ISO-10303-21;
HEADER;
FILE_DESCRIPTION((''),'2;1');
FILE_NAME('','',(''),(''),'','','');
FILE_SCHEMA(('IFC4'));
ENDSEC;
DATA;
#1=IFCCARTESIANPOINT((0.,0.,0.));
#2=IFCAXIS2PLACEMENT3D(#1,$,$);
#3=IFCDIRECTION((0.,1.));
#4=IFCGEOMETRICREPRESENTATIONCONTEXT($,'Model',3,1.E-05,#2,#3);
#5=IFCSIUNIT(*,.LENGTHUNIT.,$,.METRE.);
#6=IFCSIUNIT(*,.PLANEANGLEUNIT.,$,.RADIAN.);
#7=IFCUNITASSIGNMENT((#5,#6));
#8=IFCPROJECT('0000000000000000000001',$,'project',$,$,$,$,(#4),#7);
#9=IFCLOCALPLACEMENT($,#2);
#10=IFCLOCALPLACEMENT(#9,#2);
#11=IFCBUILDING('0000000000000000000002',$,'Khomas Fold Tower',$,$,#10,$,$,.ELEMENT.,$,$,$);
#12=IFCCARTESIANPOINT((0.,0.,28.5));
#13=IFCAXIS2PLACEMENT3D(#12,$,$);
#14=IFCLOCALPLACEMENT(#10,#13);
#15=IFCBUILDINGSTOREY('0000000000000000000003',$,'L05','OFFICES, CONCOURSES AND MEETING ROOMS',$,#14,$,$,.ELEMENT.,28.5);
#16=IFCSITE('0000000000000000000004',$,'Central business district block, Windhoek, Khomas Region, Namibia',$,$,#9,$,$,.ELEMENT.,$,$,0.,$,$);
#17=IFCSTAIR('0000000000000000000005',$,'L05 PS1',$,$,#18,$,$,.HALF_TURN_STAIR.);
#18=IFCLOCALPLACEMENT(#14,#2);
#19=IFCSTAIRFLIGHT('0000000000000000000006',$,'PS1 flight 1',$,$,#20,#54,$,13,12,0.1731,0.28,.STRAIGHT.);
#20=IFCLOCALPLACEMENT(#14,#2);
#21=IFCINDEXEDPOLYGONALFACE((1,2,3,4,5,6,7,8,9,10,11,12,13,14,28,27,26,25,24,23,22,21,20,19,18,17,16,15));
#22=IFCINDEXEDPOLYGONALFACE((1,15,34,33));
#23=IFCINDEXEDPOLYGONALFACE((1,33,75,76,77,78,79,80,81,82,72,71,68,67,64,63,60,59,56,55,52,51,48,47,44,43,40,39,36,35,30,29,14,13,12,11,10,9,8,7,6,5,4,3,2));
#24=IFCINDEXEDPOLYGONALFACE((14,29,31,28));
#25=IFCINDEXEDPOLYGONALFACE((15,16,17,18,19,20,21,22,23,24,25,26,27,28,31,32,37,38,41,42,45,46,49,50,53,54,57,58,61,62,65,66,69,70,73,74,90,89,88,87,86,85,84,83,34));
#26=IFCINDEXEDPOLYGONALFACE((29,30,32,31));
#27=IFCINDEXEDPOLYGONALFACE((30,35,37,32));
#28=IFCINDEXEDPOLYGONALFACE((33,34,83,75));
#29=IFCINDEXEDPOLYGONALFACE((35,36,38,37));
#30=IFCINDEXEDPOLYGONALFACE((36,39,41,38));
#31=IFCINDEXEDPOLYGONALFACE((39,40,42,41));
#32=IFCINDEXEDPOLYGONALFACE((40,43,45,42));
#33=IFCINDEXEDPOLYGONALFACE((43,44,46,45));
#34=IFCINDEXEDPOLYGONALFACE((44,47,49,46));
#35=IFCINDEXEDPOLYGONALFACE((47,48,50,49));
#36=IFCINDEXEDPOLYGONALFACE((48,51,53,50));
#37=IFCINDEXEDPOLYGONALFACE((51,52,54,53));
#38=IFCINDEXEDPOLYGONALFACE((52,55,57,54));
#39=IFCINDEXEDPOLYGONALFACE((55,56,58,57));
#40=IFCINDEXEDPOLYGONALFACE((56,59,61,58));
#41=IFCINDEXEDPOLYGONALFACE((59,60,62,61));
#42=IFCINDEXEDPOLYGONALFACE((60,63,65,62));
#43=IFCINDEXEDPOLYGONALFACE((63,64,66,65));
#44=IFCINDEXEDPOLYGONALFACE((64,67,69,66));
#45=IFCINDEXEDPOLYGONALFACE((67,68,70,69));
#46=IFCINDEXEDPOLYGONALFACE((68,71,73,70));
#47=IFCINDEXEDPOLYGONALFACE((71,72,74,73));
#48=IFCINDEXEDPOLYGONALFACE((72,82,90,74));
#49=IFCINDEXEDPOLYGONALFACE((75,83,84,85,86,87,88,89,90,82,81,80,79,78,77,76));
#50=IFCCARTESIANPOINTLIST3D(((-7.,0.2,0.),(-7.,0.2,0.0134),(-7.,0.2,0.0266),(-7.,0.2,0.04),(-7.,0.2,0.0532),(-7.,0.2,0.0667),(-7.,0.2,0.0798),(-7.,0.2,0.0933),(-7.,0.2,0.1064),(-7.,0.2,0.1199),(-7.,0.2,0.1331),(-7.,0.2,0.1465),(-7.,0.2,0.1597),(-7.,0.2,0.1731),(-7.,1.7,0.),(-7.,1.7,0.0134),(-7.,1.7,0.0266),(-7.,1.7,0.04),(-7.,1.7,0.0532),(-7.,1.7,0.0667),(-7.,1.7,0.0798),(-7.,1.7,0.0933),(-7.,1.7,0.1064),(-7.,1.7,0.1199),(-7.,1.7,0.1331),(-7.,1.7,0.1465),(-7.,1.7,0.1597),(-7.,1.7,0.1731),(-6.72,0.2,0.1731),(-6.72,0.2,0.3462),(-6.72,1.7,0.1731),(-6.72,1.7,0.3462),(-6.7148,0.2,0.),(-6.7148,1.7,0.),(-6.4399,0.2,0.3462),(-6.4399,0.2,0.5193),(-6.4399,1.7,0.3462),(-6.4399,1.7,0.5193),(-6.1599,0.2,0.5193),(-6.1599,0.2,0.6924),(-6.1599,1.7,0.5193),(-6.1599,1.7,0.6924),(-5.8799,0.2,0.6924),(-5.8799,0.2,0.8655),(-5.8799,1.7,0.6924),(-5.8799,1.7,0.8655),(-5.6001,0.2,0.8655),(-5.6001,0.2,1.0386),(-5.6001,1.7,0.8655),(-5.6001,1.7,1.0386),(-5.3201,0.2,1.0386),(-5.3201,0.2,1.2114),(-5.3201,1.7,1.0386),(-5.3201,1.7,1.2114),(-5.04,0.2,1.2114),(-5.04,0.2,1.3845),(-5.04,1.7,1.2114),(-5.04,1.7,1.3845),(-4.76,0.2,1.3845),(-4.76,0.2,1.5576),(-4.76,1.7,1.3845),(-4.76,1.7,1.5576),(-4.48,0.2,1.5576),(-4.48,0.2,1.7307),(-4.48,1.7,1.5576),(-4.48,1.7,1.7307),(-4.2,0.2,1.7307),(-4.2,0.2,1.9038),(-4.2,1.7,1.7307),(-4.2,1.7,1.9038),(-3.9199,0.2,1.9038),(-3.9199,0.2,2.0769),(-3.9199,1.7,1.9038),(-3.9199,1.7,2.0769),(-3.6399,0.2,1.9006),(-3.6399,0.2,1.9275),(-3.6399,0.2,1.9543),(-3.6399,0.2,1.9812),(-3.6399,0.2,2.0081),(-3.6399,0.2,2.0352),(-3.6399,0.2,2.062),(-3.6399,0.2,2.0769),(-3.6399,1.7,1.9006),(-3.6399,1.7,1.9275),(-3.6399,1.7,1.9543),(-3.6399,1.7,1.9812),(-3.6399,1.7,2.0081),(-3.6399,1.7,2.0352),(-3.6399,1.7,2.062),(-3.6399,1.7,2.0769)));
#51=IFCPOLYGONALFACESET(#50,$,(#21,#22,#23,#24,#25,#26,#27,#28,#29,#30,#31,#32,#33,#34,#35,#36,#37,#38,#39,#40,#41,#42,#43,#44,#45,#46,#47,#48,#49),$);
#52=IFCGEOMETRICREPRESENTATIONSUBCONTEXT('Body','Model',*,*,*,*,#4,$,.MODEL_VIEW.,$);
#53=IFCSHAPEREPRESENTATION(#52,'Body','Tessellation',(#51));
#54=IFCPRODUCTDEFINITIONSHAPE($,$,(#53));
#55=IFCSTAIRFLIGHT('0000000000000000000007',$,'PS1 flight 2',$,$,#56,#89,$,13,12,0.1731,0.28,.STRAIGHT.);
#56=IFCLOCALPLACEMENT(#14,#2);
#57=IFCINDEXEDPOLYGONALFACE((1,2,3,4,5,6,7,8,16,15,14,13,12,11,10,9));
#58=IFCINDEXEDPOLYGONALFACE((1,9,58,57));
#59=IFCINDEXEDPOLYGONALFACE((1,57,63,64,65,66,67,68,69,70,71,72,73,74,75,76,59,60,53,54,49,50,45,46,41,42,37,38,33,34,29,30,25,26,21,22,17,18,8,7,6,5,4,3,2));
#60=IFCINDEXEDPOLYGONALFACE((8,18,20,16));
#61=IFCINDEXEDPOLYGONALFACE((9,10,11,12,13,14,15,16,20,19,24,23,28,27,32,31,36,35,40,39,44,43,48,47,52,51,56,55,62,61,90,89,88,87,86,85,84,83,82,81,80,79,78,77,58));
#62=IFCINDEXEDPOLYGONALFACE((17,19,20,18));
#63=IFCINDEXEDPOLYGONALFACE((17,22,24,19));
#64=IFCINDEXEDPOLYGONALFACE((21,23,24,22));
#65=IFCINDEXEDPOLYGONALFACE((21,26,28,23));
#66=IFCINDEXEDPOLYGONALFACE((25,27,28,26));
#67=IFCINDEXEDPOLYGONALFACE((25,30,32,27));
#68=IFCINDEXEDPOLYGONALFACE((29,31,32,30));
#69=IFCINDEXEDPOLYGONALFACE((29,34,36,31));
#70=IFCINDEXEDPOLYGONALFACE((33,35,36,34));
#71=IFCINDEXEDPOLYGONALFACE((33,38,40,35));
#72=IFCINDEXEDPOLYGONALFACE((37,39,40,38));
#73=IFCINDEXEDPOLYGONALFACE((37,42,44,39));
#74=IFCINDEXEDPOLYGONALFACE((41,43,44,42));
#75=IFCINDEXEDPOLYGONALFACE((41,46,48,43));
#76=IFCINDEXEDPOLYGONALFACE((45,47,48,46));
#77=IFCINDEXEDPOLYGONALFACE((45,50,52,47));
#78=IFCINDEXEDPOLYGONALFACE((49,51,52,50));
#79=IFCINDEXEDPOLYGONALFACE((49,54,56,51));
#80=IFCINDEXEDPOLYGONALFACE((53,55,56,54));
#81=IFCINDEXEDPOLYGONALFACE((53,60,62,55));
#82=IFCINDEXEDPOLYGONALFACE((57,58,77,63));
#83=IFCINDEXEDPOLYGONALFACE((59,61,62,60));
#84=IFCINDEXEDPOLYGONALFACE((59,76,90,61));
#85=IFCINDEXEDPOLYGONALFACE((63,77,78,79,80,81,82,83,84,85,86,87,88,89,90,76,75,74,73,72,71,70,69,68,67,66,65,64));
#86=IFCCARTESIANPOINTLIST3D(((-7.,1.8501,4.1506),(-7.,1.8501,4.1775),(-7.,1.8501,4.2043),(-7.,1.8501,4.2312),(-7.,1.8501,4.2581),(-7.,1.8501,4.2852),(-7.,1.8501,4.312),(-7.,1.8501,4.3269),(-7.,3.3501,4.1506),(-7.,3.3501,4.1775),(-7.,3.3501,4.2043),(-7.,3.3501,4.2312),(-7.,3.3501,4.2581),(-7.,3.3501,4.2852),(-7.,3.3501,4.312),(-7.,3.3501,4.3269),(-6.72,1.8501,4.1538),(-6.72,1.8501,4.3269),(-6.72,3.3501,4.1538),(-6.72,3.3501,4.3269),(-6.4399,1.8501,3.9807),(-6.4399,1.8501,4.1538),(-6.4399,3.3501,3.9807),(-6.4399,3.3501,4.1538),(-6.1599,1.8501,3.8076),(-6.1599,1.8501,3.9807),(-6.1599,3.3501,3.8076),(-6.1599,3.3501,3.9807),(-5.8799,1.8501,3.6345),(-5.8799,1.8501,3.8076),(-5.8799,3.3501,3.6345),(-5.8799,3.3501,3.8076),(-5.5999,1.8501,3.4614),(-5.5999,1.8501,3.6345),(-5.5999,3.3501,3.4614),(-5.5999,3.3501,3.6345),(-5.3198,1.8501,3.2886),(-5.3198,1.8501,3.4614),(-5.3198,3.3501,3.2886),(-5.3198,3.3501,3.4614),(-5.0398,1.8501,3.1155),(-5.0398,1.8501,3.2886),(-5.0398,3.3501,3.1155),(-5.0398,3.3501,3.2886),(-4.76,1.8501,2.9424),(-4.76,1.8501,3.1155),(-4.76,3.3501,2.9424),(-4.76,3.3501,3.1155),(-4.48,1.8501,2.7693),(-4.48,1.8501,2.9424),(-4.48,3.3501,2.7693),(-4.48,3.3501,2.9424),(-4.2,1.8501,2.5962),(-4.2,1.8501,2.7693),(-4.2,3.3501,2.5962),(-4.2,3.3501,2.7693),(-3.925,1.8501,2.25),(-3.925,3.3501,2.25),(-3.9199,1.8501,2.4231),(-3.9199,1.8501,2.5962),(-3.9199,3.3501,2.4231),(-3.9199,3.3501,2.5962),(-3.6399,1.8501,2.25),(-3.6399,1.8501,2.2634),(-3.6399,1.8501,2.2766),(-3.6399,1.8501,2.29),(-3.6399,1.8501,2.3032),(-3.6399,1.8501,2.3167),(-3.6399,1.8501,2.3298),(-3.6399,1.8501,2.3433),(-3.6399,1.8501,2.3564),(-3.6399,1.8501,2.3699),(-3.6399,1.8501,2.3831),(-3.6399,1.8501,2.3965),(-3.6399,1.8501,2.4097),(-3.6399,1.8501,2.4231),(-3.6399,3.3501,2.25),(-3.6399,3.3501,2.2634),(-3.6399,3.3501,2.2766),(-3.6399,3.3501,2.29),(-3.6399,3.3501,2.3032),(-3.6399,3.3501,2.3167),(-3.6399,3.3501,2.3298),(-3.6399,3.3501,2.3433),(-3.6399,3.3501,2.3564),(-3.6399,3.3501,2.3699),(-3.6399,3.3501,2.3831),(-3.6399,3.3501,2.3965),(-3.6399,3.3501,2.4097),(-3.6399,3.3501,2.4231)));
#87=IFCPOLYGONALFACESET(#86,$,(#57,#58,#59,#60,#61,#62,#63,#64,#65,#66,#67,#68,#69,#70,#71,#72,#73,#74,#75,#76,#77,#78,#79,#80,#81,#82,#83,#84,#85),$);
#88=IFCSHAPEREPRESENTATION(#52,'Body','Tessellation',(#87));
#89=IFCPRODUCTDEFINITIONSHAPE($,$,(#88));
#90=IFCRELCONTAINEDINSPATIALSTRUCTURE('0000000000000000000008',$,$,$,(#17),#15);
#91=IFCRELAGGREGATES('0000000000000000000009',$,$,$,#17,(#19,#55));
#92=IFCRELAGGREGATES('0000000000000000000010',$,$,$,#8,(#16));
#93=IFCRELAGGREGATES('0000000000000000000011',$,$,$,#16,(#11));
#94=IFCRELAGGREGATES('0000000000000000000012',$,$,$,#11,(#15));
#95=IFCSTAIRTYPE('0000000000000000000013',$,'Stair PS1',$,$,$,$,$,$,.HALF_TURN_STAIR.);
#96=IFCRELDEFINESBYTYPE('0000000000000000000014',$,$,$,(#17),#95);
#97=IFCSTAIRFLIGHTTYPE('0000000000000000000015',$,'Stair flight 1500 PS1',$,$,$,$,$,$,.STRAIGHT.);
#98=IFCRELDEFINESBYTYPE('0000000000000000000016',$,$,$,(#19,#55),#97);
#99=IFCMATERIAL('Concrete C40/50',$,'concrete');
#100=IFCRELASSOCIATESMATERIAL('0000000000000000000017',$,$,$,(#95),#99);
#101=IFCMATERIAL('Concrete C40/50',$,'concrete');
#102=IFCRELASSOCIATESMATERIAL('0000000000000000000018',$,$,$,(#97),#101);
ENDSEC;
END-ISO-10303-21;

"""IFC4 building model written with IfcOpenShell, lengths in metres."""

from ifc_helpers import new_model, si_unit, direction, frame, origin, place, context, subcontext, project, spatial, polyline, outline, extrude, source, transform, mapped, material, type_object, element, aggregate, save


model = new_model("IFC4")

# Units and contexts
model_context = context("Model", 3, precision=1e-05, world=origin(), true_north=direction((0.0, 1.0)))
body_context = subcontext(model_context, "Body", "Model", "MODEL_VIEW")
ifc_project = project(units=[si_unit("LENGTHUNIT", "METRE"), si_unit("PLANEANGLEUNIT", "RADIAN")], contexts=[model_context])

# Site, building, storey
site_placement = place(None, origin())
site = spatial("IfcSite", under=ifc_project, at=site_placement, Name="Central business district block, Windhoek, Khomas Region, Namibia", CompositionType="ELEMENT", RefElevation=0.0)
building_placement = place(site_placement, origin())
building = spatial("IfcBuilding", under=site, at=building_placement, Name="Khomas Fold Tower", CompositionType="ELEMENT")
storey_placement = place(building_placement, frame((0.0, 0.0, 28.5)))
storey = spatial("IfcBuildingStorey", under=building, at=storey_placement, Name="L05", Description="OFFICES, CONCOURSES AND MEETING ROOMS", CompositionType="ELEMENT", Elevation=28.5)

# Stair, stair flights
ifc_material_1 = material(Name="Concrete C40/50", Category="concrete")
stair_type = type_object("IfcStairType", Name="Stair PS1", PredefinedType="HALF_TURN_STAIR", material=ifc_material_1)
stair_placement = place(storey_placement, origin())
stair = element("IfcStair", 1, at=stair_placement, inside=storey, type_object=stair_type, Name="L05 PS1", PredefinedType="HALF_TURN_STAIR")
ifc_material_2 = material(Name="Concrete C40/50", Category="concrete")
stair_flight_type = type_object("IfcStairFlightType", Name="Stair flight 1500 PS1", PredefinedType="STRAIGHT", material=ifc_material_2)
shared_shape_1 = source(origin(), body_context, "Body", "SweptSolid", [
    extrude(outline(polyline([(0.0, 0.0), (0.0, 0.0134), (0.0, 0.0266), (0.0, 0.04), (0.0, 0.0532), (0.0, 0.0667), (0.0, 0.0798), (0.0, 0.0933), (0.0, 0.1064), (0.0, 0.1199), (0.0, 0.1331), (0.0, 0.1465), (0.0, 0.1597), (0.0, 0.1731), (0.28, 0.1731), (0.28, 0.3462), (0.5601, 0.3462), (0.5601, 0.5193), (0.8401, 0.5193), (0.8401, 0.6924), (1.1201, 0.6924), (1.1201, 0.8655), (1.3999, 0.8655), (1.3999, 1.0386), (1.6799, 1.0386), (1.6799, 1.2114), (1.96, 1.2114), (1.96, 1.3845), (2.24, 1.3845), (2.24, 1.5576), (2.52, 1.5576), (2.52, 1.7307), (2.8, 1.7307), (2.8, 1.9038), (3.0801, 1.9038), (3.0801, 2.0769), (3.3601, 2.0769), (3.3601, 2.25), (3.3601, 2.2231), (3.3601, 2.1963), (3.3601, 2.1694), (3.3601, 2.1426), (3.3601, 2.1157), (3.3601, 2.0889), (3.3601, 2.062), (3.3601, 2.0352), (3.3601, 2.0081), (3.3601, 1.9812), (3.3601, 1.9543), (3.3601, 1.9275), (3.3601, 1.9006), (0.2852, 0.0), (0.0, 0.0)])), frame((0.0, 0.75, 0.0), z_axis=(0.0, -1.0, 0.0), x_axis=(1.0, 0.0, 0.0)), (0.0, 0.0, 1.0), 1.5),
])
stair_flight_1_placement = place(storey_placement, frame((-7.0, 0.95, 0.0), z_axis=(0.0, 0.0, 1.0), x_axis=(1.0, 0.0, 0.0)))
stair_flight_1 = element("IfcStairFlight", 2, at=stair_flight_1_placement, type_object=stair_flight_type, Name="PS1 flight 1", NumberOfRisers=13, NumberOfTreads=12, PredefinedType="STRAIGHT", RiserHeight=0.1731, TreadLength=0.28, context=body_context, shape_type="MappedRepresentation", body=[
    mapped(shared_shape_1, transform((0.0, 0.0, 0.0))),
])
stair_flight_2_placement = place(storey_placement, frame((-3.6399, 2.6001, 2.25), z_axis=(0.0, 0.0, 1.0), x_axis=(-1.0, 0.0, 0.0)))
stair_flight_2 = element("IfcStairFlight", 3, at=stair_flight_2_placement, type_object=stair_flight_type, Name="PS1 flight 2", NumberOfRisers=13, NumberOfTreads=12, PredefinedType="STRAIGHT", RiserHeight=0.1731, TreadLength=0.28, context=body_context, shape_type="MappedRepresentation", body=[
    mapped(shared_shape_1, transform((0.0, 0.0, 0.0))),
])
aggregate(stair, [stair_flight_1, stair_flight_2])

save(model, "model.ifc")
